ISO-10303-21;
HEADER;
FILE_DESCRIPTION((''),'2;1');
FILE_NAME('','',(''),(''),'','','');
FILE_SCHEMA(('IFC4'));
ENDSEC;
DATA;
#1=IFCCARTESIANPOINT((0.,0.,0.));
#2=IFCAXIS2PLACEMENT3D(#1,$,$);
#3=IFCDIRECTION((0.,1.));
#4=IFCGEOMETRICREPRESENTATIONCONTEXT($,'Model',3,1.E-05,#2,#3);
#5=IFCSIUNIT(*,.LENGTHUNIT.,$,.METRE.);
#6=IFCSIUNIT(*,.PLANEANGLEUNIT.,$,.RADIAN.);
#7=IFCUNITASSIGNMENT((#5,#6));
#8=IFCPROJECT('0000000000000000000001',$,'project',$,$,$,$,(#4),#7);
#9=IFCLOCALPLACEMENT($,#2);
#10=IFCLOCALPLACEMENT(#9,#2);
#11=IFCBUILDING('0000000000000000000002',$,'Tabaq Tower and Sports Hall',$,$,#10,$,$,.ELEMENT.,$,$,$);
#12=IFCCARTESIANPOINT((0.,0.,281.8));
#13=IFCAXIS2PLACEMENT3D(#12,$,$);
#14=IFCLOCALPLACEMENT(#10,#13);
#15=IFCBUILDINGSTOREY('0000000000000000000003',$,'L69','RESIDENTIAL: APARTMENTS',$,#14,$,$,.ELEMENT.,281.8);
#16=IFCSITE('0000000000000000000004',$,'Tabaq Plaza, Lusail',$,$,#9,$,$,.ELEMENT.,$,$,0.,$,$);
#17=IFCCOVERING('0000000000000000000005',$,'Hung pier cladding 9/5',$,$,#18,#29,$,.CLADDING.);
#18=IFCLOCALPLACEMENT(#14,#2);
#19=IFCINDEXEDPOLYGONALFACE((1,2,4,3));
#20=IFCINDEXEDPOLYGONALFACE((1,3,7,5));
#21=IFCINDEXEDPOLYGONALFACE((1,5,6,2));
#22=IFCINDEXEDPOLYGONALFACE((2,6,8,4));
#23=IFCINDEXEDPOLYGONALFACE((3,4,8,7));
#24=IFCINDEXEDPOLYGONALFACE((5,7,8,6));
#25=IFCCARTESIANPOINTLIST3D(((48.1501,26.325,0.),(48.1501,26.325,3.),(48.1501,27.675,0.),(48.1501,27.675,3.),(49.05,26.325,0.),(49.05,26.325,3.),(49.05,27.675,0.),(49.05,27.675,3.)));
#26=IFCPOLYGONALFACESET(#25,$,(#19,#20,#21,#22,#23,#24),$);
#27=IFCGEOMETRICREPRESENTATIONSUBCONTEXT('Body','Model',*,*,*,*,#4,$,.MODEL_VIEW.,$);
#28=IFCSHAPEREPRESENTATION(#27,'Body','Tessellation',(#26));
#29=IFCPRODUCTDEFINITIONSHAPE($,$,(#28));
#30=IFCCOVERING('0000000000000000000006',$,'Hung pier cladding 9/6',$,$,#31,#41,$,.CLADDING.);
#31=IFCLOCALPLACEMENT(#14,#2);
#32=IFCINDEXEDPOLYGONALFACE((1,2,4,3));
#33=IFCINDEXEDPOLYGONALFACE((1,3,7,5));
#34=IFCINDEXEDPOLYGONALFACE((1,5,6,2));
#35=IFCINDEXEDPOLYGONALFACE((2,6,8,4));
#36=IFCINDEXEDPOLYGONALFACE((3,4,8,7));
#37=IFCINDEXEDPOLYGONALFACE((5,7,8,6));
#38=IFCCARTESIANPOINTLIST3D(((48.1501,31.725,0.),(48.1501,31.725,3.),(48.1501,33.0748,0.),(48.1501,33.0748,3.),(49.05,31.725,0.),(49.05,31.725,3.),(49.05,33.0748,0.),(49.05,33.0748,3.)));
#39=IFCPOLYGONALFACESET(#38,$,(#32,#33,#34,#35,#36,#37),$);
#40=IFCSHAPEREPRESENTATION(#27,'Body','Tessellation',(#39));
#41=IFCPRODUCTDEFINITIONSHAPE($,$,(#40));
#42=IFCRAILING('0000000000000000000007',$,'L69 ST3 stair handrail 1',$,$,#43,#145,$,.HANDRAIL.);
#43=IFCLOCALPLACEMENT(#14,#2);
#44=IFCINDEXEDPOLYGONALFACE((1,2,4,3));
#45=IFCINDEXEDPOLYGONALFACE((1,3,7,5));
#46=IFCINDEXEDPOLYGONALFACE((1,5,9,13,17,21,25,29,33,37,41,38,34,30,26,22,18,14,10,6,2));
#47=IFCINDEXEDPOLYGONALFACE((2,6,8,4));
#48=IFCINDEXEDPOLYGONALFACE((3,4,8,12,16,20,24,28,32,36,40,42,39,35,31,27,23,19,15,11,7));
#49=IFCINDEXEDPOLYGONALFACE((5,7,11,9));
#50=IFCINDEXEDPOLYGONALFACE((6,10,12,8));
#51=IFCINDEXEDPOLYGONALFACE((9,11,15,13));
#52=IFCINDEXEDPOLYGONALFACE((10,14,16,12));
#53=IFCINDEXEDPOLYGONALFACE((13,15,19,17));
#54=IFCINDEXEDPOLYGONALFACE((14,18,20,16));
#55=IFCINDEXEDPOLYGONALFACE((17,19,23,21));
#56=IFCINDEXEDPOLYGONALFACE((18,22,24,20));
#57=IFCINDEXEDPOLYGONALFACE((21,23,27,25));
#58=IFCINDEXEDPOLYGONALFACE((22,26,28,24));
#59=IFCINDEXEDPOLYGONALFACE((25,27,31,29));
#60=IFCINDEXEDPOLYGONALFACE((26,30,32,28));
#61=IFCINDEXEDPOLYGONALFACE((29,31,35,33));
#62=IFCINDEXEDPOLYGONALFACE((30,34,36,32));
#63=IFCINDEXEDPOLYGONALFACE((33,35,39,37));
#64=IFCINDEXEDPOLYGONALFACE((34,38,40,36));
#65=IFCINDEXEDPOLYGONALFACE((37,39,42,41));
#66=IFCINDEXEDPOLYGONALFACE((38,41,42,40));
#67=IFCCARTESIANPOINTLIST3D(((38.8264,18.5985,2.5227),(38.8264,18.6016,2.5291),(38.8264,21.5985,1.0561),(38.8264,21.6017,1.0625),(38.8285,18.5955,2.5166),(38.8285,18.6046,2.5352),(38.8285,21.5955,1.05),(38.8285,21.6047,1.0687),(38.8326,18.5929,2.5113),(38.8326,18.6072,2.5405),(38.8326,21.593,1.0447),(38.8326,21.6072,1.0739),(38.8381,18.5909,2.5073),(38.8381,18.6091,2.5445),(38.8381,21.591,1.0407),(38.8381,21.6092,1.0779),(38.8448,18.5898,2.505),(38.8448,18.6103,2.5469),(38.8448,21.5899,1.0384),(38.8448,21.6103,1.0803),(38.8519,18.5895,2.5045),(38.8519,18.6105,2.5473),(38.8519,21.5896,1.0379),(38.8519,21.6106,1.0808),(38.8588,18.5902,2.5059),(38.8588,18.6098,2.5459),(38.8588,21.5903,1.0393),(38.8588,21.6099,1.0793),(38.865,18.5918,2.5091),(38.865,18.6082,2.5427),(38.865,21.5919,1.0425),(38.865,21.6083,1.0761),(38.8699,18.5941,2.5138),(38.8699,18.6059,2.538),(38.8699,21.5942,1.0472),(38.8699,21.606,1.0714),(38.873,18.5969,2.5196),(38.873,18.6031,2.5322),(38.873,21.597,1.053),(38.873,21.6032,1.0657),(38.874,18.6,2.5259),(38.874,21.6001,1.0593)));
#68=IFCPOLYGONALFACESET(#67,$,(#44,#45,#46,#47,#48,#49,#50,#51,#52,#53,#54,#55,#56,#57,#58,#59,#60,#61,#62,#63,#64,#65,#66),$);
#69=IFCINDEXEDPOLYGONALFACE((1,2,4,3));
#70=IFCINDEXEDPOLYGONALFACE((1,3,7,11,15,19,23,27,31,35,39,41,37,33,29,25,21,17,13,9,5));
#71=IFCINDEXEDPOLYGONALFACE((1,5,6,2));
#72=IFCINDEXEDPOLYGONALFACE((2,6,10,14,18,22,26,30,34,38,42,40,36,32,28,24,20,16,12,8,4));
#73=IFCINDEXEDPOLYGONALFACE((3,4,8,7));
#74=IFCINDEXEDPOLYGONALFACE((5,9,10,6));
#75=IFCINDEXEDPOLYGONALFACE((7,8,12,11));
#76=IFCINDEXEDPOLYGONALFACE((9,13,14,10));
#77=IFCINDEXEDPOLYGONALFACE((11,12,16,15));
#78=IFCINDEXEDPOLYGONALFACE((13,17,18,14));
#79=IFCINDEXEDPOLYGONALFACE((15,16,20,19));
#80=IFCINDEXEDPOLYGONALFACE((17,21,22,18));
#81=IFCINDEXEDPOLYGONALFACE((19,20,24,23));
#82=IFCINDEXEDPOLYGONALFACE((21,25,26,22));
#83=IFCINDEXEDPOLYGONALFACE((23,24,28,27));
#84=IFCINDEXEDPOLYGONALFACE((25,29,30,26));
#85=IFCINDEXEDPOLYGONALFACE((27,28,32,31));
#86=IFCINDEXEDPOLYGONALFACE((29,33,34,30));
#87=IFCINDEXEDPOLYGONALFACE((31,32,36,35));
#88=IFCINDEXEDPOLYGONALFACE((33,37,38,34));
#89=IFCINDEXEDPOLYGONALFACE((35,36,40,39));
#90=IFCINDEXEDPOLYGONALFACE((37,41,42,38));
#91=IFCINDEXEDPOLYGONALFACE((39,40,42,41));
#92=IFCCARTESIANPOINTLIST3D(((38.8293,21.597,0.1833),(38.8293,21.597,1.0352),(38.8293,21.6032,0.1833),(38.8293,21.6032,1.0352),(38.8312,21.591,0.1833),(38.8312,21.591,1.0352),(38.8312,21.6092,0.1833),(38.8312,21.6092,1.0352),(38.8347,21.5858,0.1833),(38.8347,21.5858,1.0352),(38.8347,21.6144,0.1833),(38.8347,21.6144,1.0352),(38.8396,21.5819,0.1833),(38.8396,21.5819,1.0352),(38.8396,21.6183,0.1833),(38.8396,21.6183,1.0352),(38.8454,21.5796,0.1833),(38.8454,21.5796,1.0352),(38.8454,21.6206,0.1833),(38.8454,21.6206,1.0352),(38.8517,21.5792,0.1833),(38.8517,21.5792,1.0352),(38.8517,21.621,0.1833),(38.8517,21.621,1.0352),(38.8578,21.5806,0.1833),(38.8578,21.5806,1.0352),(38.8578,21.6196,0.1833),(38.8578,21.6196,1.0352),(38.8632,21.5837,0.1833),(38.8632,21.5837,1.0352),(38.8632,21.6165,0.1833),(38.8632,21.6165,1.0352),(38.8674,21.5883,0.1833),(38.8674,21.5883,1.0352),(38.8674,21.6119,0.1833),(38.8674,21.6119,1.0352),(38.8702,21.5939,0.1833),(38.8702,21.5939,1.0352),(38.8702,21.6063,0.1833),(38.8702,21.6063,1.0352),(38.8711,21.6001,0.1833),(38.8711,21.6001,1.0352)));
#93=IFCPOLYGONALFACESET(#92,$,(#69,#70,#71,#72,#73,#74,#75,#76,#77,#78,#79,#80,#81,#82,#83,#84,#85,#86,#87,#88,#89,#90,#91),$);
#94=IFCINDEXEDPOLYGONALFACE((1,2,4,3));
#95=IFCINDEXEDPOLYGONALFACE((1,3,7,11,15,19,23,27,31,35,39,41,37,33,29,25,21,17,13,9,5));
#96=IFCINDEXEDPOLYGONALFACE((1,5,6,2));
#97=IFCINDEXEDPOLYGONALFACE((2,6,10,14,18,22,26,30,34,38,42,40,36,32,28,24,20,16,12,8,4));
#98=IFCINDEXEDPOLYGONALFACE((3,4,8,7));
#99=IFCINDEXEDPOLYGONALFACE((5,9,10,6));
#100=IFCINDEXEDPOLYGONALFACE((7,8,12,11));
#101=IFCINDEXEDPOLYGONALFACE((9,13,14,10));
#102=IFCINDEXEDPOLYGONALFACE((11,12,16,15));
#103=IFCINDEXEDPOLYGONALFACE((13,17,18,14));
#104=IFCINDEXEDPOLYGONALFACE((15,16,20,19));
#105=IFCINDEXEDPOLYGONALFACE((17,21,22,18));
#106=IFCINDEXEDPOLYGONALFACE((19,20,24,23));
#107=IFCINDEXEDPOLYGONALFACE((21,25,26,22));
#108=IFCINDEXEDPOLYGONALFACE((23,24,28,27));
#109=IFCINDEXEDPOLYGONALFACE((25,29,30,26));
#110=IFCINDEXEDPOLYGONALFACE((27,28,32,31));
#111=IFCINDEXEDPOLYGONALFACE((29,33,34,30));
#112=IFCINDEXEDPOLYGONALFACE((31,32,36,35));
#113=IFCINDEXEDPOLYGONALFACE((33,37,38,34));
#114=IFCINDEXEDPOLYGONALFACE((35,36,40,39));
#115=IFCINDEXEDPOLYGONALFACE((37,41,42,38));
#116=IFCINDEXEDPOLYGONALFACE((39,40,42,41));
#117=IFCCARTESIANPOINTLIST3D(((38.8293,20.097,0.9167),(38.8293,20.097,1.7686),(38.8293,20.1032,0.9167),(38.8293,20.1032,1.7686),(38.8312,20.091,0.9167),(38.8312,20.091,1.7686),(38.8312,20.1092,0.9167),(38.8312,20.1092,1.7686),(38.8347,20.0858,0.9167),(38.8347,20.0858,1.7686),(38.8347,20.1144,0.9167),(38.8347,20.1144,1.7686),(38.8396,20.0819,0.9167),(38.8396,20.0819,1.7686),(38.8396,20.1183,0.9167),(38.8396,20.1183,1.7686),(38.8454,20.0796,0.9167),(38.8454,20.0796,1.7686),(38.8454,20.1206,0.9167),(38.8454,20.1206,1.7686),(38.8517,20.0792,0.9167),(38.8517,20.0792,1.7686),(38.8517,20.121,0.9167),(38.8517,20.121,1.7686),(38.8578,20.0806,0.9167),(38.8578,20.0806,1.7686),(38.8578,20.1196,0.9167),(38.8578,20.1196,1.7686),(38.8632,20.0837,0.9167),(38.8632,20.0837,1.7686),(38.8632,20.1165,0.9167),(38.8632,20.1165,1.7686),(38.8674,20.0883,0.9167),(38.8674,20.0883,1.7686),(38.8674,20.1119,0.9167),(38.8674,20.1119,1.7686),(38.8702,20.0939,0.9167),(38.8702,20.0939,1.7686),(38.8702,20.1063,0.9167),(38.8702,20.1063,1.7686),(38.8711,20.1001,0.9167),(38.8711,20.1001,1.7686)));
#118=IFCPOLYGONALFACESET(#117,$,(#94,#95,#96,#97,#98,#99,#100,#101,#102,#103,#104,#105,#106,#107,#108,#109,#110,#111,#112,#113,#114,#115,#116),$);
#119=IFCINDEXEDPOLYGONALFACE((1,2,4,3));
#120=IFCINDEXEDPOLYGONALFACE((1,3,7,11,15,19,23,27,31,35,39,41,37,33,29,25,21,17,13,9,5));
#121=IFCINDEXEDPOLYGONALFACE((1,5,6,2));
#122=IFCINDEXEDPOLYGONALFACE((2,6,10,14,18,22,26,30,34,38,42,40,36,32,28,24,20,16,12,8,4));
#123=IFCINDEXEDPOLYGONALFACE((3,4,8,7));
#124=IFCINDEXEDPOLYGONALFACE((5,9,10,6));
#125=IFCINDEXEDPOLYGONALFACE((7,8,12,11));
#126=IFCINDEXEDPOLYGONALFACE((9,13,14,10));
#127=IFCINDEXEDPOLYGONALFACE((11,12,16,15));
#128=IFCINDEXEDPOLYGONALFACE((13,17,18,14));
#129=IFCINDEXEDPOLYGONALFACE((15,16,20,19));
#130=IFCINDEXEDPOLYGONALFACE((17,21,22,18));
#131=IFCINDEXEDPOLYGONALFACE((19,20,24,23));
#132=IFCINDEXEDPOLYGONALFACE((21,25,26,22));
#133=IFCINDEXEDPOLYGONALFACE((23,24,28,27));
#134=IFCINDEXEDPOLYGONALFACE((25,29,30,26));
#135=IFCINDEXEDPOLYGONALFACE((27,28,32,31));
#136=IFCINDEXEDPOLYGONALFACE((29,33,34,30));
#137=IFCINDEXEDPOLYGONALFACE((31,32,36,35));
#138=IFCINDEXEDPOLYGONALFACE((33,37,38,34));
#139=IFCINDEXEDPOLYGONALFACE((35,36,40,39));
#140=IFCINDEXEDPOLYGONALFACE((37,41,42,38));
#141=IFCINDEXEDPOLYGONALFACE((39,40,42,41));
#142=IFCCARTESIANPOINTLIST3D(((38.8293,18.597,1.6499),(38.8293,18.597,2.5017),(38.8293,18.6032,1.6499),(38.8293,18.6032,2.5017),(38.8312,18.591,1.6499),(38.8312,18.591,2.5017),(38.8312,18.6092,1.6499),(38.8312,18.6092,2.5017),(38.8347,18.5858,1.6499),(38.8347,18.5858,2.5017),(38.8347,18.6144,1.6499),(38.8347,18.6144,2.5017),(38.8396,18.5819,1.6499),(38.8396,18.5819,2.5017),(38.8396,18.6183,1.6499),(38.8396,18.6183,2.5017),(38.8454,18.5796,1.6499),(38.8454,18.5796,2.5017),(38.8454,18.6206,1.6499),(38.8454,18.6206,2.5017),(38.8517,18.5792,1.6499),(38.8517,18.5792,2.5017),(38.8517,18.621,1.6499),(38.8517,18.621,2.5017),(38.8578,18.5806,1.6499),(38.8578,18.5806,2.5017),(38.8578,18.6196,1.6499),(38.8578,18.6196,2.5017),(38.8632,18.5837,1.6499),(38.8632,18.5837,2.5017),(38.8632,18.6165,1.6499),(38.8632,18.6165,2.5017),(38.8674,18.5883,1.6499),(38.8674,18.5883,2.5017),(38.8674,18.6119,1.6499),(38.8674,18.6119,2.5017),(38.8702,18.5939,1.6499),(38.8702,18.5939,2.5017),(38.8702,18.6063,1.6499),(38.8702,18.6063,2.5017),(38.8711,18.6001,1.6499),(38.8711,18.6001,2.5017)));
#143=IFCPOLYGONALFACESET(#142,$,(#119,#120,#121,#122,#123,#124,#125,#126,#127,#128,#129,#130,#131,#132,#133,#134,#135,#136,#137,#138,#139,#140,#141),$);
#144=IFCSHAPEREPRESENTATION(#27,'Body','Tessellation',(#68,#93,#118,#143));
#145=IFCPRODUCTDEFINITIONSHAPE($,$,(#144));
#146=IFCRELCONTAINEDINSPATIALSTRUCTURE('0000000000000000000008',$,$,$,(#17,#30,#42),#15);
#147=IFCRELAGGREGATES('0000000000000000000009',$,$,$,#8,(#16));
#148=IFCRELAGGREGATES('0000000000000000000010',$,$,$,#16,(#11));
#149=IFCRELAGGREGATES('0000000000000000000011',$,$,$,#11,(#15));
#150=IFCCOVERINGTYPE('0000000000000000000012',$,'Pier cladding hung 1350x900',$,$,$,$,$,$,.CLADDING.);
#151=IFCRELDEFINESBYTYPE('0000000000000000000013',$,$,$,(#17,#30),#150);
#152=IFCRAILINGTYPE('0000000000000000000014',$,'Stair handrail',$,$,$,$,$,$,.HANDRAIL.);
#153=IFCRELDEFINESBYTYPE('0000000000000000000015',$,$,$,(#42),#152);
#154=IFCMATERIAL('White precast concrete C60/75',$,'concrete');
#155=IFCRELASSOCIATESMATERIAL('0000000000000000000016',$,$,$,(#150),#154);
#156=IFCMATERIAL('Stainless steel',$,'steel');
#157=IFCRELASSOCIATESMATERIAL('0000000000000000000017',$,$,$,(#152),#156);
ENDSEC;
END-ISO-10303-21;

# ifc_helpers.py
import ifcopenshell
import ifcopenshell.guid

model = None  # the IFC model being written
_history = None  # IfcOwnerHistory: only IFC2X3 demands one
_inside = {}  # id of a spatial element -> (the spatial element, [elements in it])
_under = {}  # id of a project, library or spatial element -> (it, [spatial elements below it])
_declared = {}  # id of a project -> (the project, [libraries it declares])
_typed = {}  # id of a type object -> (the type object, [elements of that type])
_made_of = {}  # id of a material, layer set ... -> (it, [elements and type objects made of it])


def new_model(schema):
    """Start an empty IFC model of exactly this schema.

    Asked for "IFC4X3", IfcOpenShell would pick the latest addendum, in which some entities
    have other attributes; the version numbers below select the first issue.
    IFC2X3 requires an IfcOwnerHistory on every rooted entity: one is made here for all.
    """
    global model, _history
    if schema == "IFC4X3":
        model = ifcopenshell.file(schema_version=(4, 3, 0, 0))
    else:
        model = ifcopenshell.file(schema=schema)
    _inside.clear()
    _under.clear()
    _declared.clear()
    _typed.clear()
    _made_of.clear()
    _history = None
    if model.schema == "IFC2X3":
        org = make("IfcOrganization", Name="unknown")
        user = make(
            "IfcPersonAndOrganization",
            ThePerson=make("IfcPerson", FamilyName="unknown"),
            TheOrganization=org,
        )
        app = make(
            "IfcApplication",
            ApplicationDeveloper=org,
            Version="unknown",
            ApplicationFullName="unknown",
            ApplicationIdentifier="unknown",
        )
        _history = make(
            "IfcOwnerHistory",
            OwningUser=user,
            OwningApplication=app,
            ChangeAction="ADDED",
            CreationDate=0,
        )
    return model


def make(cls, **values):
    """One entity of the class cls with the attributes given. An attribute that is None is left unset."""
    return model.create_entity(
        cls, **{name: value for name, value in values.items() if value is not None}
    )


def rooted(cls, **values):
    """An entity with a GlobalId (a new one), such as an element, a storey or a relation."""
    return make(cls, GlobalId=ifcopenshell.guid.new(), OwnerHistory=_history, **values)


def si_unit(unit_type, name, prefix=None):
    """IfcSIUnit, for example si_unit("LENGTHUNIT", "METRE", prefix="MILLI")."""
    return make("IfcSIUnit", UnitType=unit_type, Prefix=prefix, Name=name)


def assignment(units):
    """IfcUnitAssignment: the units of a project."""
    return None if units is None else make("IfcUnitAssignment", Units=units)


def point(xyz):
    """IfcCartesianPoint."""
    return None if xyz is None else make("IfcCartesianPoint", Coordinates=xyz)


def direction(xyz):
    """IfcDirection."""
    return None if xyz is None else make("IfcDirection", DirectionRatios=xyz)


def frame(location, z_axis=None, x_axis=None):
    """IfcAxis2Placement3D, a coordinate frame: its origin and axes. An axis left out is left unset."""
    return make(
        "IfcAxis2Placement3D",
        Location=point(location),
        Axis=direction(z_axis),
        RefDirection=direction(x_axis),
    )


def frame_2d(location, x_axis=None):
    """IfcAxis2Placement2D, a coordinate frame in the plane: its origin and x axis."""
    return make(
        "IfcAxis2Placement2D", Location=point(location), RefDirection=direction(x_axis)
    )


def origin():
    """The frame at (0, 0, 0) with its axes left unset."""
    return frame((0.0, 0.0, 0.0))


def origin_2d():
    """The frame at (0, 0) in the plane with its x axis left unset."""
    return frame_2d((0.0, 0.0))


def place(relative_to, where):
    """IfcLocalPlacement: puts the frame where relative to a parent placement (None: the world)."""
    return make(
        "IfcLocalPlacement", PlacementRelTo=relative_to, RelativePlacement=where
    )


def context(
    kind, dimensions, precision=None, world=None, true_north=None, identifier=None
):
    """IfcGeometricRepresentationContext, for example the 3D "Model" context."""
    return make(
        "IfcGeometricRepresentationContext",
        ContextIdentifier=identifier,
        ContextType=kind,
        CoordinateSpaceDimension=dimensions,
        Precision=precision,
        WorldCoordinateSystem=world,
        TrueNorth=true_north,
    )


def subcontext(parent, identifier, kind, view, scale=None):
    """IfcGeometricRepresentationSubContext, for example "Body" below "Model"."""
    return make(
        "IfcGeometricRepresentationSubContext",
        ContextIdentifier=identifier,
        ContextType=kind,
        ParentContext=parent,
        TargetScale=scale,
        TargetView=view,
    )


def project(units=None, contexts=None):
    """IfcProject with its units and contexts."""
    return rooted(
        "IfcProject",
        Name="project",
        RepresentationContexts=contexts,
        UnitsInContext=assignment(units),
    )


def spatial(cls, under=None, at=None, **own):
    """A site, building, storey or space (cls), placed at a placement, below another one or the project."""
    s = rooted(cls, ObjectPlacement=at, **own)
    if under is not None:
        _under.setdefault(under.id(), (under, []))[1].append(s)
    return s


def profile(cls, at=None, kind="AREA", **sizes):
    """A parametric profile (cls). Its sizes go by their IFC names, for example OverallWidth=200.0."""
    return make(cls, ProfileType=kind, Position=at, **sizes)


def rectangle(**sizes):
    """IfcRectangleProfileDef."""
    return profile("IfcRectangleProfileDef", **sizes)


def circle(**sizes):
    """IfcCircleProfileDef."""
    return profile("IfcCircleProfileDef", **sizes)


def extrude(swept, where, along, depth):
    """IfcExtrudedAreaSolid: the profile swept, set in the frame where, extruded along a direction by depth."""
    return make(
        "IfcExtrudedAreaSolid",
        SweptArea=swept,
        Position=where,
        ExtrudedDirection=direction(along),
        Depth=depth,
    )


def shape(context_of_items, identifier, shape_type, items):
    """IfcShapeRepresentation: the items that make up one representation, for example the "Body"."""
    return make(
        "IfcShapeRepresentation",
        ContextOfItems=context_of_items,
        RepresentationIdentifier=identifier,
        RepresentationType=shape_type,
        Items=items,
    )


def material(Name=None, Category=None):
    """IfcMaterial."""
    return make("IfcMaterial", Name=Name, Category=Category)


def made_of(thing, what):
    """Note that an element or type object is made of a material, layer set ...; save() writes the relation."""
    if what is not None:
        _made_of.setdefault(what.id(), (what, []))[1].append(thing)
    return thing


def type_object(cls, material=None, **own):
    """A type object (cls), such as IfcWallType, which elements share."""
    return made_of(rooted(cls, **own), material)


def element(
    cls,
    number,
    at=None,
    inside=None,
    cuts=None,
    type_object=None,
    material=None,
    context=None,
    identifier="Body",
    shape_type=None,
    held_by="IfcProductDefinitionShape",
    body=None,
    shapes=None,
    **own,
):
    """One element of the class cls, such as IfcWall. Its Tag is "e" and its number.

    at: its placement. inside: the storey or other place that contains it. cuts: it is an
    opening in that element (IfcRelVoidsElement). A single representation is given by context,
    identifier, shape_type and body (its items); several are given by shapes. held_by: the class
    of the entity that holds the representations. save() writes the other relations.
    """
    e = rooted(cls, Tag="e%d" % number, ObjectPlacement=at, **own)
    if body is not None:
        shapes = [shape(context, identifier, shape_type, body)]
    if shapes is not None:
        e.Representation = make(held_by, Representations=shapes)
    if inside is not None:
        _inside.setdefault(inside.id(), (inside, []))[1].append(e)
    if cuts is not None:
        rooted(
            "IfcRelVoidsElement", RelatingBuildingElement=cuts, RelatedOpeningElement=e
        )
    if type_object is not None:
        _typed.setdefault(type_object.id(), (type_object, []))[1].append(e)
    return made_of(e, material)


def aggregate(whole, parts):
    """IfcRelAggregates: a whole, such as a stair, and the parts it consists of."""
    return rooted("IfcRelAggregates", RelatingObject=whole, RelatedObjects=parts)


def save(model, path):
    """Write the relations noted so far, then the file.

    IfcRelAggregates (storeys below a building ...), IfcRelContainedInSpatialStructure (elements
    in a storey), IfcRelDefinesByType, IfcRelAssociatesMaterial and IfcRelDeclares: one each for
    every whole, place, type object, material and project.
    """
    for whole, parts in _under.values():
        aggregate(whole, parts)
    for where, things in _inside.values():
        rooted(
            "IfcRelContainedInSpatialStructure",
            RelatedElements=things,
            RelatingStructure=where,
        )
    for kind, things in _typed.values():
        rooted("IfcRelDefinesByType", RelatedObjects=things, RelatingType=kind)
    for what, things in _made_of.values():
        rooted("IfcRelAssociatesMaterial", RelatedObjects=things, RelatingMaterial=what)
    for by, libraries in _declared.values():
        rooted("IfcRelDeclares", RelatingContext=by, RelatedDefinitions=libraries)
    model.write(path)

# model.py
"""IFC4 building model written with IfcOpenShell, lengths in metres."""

from ifc_helpers import new_model, si_unit, direction, frame, frame_2d, origin, origin_2d, place, context, subcontext, project, spatial, rectangle, circle, extrude, material, type_object, element, save


model = new_model("IFC4")

# Units and contexts
model_context = context("Model", 3, precision=1e-05, world=origin(), true_north=direction((0.0, 1.0)))
body_context = subcontext(model_context, "Body", "Model", "MODEL_VIEW")
ifc_project = project(units=[si_unit("LENGTHUNIT", "METRE"), si_unit("PLANEANGLEUNIT", "RADIAN")], contexts=[model_context])

# Site, building, storey
site_placement = place(None, origin())
site = spatial("IfcSite", under=ifc_project, at=site_placement, Name="Tabaq Plaza, Lusail", CompositionType="ELEMENT", RefElevation=0.0)
building_placement = place(site_placement, origin())
building = spatial("IfcBuilding", under=site, at=building_placement, Name="Tabaq Tower and Sports Hall", CompositionType="ELEMENT")
storey_placement = place(building_placement, frame((0.0, 0.0, 281.8)))
storey = spatial("IfcBuildingStorey", under=building, at=storey_placement, Name="L69", Description="RESIDENTIAL: APARTMENTS", CompositionType="ELEMENT", Elevation=281.8)

# Coverings
ifc_material_1 = material(Name="White precast concrete C60/75", Category="concrete")
covering_type_1 = type_object("IfcCoveringType", Name="Pier cladding hung 1350x900", PredefinedType="CLADDING", material=ifc_material_1)
covering_1_placement = place(storey_placement, frame((48.6001, 26.325, 0.0), z_axis=(0.0, 0.0, 1.0), x_axis=(0.0, 1.0, 0.0)))
element("IfcCovering", 1, at=covering_1_placement, inside=storey, type_object=covering_type_1, Name="Hung pier cladding 9/5", PredefinedType="CLADDING", context=body_context, shape_type="SweptSolid", body=[
    extrude(rectangle(XDim=1.3501, YDim=0.8999, at=frame_2d((0.675, 0.0))), origin(), (0.0, 0.0, 1.0), 3.0),
])
covering_2_placement = place(storey_placement, frame((48.6001, 31.7251, 0.0), z_axis=(0.0, 0.0, 1.0), x_axis=(0.0, 1.0, 0.0)))
element("IfcCovering", 2, at=covering_2_placement, inside=storey, type_object=covering_type_1, Name="Hung pier cladding 9/6", PredefinedType="CLADDING", context=body_context, shape_type="SweptSolid", body=[
    extrude(rectangle(XDim=1.3499, YDim=0.8999, at=frame_2d((0.6748, 0.0))), origin(), (0.0, 0.0, 1.0), 3.0),
])

# Railing
ifc_material_2 = material(Name="Stainless steel", Category="steel")
railing_type_1 = type_object("IfcRailingType", Name="Stair handrail", PredefinedType="HANDRAIL", material=ifc_material_2)
railing_1_placement = place(storey_placement, frame((38.8501, 21.6001, 0.1833)))
element("IfcRailing", 3, at=railing_1_placement, inside=storey, type_object=railing_type_1, Name="L69 ST3 stair handrail 1", PredefinedType="HANDRAIL", context=body_context, shape_type="SweptSolid", body=[
    extrude(circle(Radius=0.0239, at=origin_2d()), frame((0.0, 0.0, 0.876), z_axis=(0.0, -0.898398, 0.439183), x_axis=(1.0, 0.0, 0.0)), (0.0, 0.0, 1.0), 3.3394),
    extrude(circle(Radius=0.021, at=origin_2d()), origin(), (0.0, 0.0, 1.0), 0.8518),
    extrude(circle(Radius=0.021, at=origin_2d()), frame((0.0, -1.5, 0.7334)), (0.0, 0.0, 1.0), 0.8518),
    extrude(circle(Radius=0.021, at=origin_2d()), frame((0.0, -3.0, 1.4666)), (0.0, 0.0, 1.0), 0.8518),
])

save(model, "model.ifc")
